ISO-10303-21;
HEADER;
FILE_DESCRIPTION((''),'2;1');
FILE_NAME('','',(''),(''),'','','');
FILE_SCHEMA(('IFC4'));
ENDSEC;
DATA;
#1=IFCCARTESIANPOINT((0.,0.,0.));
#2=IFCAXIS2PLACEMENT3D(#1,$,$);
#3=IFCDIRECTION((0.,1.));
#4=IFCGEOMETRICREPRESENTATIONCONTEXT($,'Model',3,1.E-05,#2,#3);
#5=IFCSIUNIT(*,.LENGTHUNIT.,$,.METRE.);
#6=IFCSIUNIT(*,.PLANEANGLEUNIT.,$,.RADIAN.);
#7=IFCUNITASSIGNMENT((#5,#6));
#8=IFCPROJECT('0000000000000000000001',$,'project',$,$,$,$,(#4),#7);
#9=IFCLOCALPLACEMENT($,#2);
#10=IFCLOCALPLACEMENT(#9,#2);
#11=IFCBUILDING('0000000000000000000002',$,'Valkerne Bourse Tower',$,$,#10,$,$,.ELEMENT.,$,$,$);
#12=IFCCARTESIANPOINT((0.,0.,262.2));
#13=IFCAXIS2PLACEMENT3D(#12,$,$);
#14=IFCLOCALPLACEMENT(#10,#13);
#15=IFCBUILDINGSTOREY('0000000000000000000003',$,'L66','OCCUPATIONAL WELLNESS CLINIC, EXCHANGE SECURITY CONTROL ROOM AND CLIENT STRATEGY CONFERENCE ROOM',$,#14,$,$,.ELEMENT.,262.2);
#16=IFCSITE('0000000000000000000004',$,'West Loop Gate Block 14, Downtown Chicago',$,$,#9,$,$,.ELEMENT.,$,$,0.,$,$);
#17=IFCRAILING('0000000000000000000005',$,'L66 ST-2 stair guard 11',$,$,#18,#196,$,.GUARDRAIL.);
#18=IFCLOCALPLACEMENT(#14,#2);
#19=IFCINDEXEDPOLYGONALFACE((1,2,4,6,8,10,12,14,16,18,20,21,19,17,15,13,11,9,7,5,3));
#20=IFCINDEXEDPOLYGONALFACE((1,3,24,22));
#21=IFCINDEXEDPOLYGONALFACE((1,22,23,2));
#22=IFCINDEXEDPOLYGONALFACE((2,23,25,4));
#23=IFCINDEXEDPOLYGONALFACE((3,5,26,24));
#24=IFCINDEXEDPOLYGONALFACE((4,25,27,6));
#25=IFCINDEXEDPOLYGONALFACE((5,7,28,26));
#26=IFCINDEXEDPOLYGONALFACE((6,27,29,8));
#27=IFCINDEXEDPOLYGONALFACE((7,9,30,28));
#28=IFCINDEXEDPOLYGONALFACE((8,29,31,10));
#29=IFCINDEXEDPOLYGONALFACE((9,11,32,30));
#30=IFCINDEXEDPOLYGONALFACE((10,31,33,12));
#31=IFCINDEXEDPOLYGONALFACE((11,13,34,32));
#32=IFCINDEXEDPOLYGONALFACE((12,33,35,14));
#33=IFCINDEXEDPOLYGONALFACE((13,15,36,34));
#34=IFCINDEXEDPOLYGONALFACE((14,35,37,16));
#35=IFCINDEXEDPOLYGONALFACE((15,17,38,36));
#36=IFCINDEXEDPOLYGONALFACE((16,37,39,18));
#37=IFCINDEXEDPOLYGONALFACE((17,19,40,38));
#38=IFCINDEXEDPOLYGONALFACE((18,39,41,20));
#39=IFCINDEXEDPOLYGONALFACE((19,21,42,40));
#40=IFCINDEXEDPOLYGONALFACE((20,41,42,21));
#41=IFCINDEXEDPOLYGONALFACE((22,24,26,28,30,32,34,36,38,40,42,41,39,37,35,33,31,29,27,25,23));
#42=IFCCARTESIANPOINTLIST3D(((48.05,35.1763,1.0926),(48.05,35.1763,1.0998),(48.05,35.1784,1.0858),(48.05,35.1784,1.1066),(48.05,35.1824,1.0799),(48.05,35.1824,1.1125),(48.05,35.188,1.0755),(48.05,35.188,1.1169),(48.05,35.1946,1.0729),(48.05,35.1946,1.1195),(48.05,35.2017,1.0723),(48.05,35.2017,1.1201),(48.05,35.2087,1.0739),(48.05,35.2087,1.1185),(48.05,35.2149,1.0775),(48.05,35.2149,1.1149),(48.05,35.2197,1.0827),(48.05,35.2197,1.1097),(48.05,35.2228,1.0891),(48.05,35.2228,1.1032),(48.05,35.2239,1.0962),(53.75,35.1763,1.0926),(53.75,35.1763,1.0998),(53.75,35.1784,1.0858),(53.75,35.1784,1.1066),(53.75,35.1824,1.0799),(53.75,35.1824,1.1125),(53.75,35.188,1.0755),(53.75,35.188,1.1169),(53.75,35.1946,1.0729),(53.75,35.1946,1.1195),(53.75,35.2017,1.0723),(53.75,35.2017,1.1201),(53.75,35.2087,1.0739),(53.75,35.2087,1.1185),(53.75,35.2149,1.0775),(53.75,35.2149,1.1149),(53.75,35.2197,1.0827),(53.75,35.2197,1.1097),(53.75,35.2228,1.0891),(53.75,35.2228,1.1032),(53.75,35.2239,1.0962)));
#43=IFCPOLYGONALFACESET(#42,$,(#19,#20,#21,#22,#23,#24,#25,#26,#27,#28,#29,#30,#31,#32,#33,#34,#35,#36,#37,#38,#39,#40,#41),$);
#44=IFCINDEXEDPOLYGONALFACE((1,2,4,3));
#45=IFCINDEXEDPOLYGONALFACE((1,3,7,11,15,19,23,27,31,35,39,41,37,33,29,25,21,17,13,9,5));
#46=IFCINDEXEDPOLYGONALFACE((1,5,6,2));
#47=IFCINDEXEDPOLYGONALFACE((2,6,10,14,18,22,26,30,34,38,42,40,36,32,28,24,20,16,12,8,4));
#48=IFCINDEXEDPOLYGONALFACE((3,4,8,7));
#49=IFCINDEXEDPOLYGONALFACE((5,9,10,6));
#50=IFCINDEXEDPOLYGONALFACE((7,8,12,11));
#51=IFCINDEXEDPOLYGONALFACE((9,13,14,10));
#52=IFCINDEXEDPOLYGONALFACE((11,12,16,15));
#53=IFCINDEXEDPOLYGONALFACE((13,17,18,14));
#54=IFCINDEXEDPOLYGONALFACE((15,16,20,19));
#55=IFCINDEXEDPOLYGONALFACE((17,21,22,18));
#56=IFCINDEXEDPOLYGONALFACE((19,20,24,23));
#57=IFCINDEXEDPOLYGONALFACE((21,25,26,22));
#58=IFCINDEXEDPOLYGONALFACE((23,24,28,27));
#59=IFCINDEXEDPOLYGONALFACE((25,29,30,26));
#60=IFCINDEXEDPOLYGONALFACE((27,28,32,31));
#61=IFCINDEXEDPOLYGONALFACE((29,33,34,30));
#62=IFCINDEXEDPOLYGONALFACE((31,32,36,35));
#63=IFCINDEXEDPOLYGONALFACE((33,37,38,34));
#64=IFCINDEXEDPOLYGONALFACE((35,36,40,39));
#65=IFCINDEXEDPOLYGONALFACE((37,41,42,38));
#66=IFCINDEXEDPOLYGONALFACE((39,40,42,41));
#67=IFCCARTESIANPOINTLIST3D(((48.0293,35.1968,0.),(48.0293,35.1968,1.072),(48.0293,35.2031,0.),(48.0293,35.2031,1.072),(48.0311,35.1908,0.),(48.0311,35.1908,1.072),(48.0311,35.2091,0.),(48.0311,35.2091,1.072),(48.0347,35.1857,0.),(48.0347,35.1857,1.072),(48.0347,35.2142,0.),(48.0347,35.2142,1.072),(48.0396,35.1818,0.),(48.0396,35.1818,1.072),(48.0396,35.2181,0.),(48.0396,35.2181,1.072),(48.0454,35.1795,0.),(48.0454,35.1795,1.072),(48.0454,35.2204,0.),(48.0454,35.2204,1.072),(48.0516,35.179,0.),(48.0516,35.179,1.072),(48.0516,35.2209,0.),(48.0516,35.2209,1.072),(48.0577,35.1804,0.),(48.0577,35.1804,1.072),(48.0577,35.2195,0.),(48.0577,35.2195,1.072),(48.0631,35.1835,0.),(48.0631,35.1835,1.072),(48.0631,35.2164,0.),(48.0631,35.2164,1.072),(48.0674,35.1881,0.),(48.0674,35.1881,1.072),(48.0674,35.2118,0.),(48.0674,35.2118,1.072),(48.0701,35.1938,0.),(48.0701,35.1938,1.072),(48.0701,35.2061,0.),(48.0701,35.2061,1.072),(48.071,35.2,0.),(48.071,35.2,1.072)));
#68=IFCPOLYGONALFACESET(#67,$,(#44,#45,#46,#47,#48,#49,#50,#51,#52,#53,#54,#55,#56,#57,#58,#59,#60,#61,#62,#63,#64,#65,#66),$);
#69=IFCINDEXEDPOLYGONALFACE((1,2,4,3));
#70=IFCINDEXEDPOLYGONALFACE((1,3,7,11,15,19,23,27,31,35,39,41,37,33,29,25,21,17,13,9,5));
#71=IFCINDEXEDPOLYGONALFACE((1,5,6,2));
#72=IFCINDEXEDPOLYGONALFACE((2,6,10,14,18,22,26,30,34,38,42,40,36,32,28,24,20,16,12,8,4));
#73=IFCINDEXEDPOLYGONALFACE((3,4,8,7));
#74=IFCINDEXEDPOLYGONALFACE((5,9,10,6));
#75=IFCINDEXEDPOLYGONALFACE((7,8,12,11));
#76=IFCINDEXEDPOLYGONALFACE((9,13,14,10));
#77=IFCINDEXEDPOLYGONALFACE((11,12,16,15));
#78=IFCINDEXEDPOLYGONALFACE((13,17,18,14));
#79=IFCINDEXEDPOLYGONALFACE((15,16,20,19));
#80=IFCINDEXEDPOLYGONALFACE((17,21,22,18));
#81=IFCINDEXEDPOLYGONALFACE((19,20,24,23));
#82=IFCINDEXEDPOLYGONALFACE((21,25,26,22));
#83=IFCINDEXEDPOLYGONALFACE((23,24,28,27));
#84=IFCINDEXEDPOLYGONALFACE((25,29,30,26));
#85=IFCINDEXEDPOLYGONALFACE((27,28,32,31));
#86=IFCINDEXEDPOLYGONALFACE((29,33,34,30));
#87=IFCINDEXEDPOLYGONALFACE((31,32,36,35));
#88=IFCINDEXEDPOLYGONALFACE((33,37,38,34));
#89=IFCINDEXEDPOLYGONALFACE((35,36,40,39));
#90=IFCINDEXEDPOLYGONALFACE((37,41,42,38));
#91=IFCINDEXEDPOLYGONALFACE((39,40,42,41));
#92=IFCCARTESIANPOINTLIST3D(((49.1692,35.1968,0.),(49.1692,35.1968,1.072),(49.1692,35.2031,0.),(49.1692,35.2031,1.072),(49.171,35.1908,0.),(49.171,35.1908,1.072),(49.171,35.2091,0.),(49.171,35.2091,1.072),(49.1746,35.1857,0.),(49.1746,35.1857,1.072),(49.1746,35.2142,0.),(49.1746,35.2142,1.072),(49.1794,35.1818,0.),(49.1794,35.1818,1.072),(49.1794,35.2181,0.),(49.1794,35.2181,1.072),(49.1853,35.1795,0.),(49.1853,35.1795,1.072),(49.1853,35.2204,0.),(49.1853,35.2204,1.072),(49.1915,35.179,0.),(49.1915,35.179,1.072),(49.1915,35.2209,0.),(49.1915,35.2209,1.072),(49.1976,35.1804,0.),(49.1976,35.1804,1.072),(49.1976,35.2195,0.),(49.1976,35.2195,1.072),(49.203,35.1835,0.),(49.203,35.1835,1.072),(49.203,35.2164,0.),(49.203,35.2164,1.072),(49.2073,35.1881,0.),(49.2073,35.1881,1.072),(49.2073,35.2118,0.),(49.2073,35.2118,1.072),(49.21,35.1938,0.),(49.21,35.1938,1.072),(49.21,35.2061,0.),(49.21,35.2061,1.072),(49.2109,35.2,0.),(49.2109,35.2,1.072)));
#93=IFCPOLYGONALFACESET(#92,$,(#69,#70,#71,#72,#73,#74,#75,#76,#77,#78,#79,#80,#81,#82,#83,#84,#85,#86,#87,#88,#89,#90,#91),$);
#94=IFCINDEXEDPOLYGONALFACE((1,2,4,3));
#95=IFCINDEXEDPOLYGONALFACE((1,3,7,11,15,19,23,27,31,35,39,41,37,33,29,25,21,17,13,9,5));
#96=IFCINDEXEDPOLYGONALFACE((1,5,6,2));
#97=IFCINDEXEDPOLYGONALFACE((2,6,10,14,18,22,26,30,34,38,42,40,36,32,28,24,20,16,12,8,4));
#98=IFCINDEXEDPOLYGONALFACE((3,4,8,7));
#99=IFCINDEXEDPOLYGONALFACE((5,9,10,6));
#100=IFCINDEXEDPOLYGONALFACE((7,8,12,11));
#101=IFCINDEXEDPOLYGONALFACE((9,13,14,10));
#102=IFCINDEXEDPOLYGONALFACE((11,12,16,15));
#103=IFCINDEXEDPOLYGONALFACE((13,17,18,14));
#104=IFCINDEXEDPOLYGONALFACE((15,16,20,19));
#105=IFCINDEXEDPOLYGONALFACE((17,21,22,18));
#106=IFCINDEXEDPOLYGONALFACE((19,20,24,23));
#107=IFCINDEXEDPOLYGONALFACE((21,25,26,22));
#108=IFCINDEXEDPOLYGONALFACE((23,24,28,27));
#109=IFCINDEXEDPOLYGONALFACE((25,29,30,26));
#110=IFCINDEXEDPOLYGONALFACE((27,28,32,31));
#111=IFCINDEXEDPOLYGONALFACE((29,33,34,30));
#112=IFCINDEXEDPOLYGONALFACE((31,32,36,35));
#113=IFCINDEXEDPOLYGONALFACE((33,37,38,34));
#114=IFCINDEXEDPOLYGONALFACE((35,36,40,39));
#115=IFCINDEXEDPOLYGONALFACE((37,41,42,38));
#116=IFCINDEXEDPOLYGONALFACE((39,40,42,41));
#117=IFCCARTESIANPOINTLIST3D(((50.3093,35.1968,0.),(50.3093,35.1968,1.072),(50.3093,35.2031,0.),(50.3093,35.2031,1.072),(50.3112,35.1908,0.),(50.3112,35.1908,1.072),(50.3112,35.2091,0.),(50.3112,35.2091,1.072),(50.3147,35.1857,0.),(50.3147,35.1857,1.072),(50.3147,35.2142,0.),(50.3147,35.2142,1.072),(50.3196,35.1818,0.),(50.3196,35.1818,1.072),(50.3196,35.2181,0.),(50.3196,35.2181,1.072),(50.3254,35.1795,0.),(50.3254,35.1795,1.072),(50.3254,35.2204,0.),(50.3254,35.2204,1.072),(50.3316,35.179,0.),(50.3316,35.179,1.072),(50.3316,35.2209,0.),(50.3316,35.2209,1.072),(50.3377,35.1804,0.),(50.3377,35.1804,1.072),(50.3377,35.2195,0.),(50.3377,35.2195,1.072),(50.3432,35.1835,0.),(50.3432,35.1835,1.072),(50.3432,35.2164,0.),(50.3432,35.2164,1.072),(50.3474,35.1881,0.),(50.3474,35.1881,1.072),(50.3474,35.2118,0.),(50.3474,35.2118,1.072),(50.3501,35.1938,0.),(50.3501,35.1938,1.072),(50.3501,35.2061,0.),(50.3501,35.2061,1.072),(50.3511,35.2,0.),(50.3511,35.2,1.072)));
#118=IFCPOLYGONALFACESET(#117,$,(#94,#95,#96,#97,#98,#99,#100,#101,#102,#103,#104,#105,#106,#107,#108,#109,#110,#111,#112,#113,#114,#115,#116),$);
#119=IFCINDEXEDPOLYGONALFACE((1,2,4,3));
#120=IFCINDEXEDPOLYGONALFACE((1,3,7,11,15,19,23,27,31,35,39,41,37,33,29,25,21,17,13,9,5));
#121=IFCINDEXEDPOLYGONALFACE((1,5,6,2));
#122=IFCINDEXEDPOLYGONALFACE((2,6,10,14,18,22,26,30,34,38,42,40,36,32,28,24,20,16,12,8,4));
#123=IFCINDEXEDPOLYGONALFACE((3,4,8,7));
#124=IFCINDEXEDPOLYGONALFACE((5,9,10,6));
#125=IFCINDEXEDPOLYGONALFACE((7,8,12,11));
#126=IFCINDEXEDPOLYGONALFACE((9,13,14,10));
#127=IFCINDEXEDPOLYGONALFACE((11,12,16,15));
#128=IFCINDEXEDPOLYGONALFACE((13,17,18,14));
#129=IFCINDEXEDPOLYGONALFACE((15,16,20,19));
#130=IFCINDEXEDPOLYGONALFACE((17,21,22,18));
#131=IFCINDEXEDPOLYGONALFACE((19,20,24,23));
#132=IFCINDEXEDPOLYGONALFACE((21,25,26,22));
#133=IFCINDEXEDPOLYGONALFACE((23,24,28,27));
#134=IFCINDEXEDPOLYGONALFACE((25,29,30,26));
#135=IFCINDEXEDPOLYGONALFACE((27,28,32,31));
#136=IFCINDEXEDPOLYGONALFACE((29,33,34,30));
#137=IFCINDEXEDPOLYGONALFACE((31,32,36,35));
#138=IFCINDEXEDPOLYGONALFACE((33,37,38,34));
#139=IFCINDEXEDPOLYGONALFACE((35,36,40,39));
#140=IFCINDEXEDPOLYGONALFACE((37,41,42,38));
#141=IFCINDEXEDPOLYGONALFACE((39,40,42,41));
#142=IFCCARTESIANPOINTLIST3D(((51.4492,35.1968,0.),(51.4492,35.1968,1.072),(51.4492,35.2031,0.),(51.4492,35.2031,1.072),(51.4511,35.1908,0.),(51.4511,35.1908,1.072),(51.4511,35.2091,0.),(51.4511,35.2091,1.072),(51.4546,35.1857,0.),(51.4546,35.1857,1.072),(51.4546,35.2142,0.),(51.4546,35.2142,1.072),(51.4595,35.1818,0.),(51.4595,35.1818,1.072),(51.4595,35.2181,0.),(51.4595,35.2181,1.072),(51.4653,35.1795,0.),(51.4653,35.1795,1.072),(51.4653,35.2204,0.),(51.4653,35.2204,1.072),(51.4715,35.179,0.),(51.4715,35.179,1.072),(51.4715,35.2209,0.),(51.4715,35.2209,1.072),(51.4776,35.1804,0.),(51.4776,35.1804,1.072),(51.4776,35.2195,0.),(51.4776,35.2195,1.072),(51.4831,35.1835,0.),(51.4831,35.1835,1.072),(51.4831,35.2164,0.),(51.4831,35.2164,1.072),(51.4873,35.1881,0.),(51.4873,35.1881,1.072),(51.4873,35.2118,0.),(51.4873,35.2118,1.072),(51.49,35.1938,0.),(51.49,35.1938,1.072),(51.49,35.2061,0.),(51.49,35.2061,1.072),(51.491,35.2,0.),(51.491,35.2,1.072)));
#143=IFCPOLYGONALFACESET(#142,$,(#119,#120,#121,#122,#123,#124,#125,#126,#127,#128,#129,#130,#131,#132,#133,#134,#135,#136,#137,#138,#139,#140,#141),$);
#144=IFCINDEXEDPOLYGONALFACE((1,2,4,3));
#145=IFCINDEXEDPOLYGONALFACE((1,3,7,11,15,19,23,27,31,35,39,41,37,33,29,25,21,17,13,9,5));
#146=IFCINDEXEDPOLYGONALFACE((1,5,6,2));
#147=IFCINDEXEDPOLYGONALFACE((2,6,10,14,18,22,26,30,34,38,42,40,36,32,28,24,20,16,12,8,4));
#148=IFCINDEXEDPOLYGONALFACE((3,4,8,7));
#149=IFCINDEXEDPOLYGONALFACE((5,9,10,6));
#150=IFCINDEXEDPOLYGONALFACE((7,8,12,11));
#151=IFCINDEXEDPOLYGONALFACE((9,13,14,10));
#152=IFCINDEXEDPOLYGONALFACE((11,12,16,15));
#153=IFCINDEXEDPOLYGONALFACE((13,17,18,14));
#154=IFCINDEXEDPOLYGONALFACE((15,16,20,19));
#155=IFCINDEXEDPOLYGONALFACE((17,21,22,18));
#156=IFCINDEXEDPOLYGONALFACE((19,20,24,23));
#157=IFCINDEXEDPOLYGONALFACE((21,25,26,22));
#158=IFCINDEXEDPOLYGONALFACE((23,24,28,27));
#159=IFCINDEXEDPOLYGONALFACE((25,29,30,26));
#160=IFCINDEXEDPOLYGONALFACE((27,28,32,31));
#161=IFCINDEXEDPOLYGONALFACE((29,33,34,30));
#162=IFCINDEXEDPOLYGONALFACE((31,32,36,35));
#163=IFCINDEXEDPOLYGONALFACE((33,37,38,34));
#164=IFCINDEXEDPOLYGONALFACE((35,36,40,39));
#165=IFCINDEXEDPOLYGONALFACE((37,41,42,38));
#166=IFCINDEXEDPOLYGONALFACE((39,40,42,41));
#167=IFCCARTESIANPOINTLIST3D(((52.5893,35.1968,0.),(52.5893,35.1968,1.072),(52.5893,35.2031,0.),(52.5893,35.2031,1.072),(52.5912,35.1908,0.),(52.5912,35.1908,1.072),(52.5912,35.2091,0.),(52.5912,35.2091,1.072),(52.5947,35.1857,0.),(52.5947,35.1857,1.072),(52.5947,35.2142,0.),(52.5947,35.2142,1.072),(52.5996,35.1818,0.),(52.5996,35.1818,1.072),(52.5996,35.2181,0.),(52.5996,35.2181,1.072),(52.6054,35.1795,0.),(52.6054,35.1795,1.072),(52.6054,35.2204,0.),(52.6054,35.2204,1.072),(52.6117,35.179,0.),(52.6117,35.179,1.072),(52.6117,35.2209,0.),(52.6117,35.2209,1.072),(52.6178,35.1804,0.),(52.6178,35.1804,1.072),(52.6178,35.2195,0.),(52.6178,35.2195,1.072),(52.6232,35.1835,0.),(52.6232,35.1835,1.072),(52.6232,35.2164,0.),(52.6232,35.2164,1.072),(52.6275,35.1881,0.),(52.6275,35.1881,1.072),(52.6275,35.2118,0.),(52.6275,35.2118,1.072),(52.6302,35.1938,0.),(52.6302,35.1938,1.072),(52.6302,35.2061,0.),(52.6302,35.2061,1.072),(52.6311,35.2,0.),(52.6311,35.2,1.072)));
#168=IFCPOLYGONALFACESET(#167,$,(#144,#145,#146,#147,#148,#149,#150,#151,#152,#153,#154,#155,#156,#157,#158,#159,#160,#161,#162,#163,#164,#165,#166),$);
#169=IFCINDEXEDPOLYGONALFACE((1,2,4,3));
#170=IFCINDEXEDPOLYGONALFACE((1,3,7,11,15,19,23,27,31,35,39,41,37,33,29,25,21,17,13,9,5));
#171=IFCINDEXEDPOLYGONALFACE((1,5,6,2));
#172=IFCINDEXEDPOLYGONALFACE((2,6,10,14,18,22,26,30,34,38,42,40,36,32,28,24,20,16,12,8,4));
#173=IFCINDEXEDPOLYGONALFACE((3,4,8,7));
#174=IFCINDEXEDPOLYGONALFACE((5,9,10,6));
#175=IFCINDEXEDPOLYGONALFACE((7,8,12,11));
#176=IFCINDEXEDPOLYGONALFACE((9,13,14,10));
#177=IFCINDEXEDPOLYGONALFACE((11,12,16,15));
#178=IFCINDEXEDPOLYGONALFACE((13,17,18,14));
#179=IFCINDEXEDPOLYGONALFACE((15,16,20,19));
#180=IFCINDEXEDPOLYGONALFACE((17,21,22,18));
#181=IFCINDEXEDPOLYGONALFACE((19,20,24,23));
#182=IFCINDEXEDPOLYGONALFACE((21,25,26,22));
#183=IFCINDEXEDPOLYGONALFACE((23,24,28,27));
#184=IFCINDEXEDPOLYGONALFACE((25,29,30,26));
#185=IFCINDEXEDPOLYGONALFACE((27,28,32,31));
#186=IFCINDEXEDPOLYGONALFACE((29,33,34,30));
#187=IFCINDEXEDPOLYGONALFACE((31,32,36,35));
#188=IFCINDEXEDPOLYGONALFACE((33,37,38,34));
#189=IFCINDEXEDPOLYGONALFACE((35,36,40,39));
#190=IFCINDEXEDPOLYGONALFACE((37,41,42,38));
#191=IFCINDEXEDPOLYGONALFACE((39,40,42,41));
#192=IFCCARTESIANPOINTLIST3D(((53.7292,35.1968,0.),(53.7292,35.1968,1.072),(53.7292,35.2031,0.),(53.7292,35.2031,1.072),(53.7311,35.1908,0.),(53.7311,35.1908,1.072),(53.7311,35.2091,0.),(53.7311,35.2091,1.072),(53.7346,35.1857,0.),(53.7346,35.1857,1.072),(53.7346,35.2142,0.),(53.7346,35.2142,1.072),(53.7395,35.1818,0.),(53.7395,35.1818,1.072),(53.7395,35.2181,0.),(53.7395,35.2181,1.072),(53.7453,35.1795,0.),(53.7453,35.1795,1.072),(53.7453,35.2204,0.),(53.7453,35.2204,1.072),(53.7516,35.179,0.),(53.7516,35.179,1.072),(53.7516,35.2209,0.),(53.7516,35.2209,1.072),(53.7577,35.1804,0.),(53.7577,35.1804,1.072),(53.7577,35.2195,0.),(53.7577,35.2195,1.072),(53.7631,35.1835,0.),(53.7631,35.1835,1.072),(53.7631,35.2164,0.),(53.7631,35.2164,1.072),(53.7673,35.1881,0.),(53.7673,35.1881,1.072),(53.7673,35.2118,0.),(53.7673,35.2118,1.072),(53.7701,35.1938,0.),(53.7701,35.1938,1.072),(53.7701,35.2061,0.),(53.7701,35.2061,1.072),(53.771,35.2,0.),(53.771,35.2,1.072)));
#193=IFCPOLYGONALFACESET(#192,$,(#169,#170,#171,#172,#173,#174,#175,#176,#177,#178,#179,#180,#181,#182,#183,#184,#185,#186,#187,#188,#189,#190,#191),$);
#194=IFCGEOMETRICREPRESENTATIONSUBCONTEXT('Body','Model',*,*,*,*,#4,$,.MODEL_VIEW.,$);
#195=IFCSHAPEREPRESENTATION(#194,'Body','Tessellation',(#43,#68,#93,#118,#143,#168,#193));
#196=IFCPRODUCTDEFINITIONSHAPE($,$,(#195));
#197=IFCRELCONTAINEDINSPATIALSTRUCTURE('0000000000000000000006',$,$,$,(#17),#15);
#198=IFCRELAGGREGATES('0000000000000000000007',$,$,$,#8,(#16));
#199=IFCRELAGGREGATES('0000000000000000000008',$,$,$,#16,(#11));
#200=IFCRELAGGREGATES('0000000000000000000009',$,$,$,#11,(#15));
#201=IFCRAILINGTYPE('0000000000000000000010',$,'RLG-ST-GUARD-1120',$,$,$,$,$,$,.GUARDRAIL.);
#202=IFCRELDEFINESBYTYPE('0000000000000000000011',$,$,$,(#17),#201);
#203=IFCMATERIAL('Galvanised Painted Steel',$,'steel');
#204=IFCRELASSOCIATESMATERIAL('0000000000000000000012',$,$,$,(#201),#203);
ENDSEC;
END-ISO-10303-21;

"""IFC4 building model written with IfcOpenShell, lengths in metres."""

from ifc_helpers import new_model, si_unit, direction, frame, origin, origin_2d, place, context, subcontext, project, spatial, circle, extrude, material, type_object, element, save


model = new_model("IFC4")

# Units and contexts
model_context = context("Model", 3, precision=1e-05, world=origin(), true_north=direction((0.0, 1.0)))
body_context = subcontext(model_context, "Body", "Model", "MODEL_VIEW")
ifc_project = project(units=[si_unit("LENGTHUNIT", "METRE"), si_unit("PLANEANGLEUNIT", "RADIAN")], contexts=[model_context])

# Site, building, storey
site_placement = place(None, origin())
site = spatial("IfcSite", under=ifc_project, at=site_placement, Name="West Loop Gate Block 14, Downtown Chicago", CompositionType="ELEMENT", RefElevation=0.0)
building_placement = place(site_placement, origin())
building = spatial("IfcBuilding", under=site, at=building_placement, Name="Valkerne Bourse Tower", CompositionType="ELEMENT")
storey_placement = place(building_placement, frame((0.0, 0.0, 262.2)))
storey = spatial("IfcBuildingStorey", under=building, at=storey_placement, Name="L66", Description="OCCUPATIONAL WELLNESS CLINIC, EXCHANGE SECURITY CONTROL ROOM AND CLIENT STRATEGY CONFERENCE ROOM", CompositionType="ELEMENT", Elevation=262.2)

# Shared definitions
ifc_material_1 = material(Name="Galvanised Painted Steel", Category="steel")

# Railing
railing_type_1 = type_object("IfcRailingType", Name="RLG-ST-GUARD-1120", PredefinedType="GUARDRAIL", material=ifc_material_1)
for number, where, name in (
    (1, (48.05, 35.2, 0.0), "L66 ST-2 stair guard 11"),
):
    element("IfcRailing", number, at=place(storey_placement, frame(where)), inside=storey, type_object=railing_type_1, Name=name, PredefinedType="GUARDRAIL", context=body_context, shape_type="SweptSolid", body=[
        extrude(circle(Radius=0.0239, at=origin_2d()), frame((0.0, 0.0, 1.0962), z_axis=(1.0, 0.0, 0.0), x_axis=(0.0, 1.0, 0.0)), (0.0, 0.0, 1.0), 5.7),
        extrude(circle(Radius=0.021, at=origin_2d()), origin(), (0.0, 0.0, 1.0), 1.072),
        extrude(circle(Radius=0.021, at=origin_2d()), frame((1.1399, 0.0, 0.0)), (0.0, 0.0, 1.0), 1.072),
        extrude(circle(Radius=0.021, at=origin_2d()), frame((2.28, 0.0, 0.0)), (0.0, 0.0, 1.0), 1.072),
        extrude(circle(Radius=0.021, at=origin_2d()), frame((3.4199, 0.0, 0.0)), (0.0, 0.0, 1.0), 1.072),
        extrude(circle(Radius=0.021, at=origin_2d()), frame((4.5601, 0.0, 0.0)), (0.0, 0.0, 1.0), 1.072),
        extrude(circle(Radius=0.021, at=origin_2d()), frame((5.7, 0.0, 0.0)), (0.0, 0.0, 1.0), 1.072),
    ])

save(model, "model.ifc")
